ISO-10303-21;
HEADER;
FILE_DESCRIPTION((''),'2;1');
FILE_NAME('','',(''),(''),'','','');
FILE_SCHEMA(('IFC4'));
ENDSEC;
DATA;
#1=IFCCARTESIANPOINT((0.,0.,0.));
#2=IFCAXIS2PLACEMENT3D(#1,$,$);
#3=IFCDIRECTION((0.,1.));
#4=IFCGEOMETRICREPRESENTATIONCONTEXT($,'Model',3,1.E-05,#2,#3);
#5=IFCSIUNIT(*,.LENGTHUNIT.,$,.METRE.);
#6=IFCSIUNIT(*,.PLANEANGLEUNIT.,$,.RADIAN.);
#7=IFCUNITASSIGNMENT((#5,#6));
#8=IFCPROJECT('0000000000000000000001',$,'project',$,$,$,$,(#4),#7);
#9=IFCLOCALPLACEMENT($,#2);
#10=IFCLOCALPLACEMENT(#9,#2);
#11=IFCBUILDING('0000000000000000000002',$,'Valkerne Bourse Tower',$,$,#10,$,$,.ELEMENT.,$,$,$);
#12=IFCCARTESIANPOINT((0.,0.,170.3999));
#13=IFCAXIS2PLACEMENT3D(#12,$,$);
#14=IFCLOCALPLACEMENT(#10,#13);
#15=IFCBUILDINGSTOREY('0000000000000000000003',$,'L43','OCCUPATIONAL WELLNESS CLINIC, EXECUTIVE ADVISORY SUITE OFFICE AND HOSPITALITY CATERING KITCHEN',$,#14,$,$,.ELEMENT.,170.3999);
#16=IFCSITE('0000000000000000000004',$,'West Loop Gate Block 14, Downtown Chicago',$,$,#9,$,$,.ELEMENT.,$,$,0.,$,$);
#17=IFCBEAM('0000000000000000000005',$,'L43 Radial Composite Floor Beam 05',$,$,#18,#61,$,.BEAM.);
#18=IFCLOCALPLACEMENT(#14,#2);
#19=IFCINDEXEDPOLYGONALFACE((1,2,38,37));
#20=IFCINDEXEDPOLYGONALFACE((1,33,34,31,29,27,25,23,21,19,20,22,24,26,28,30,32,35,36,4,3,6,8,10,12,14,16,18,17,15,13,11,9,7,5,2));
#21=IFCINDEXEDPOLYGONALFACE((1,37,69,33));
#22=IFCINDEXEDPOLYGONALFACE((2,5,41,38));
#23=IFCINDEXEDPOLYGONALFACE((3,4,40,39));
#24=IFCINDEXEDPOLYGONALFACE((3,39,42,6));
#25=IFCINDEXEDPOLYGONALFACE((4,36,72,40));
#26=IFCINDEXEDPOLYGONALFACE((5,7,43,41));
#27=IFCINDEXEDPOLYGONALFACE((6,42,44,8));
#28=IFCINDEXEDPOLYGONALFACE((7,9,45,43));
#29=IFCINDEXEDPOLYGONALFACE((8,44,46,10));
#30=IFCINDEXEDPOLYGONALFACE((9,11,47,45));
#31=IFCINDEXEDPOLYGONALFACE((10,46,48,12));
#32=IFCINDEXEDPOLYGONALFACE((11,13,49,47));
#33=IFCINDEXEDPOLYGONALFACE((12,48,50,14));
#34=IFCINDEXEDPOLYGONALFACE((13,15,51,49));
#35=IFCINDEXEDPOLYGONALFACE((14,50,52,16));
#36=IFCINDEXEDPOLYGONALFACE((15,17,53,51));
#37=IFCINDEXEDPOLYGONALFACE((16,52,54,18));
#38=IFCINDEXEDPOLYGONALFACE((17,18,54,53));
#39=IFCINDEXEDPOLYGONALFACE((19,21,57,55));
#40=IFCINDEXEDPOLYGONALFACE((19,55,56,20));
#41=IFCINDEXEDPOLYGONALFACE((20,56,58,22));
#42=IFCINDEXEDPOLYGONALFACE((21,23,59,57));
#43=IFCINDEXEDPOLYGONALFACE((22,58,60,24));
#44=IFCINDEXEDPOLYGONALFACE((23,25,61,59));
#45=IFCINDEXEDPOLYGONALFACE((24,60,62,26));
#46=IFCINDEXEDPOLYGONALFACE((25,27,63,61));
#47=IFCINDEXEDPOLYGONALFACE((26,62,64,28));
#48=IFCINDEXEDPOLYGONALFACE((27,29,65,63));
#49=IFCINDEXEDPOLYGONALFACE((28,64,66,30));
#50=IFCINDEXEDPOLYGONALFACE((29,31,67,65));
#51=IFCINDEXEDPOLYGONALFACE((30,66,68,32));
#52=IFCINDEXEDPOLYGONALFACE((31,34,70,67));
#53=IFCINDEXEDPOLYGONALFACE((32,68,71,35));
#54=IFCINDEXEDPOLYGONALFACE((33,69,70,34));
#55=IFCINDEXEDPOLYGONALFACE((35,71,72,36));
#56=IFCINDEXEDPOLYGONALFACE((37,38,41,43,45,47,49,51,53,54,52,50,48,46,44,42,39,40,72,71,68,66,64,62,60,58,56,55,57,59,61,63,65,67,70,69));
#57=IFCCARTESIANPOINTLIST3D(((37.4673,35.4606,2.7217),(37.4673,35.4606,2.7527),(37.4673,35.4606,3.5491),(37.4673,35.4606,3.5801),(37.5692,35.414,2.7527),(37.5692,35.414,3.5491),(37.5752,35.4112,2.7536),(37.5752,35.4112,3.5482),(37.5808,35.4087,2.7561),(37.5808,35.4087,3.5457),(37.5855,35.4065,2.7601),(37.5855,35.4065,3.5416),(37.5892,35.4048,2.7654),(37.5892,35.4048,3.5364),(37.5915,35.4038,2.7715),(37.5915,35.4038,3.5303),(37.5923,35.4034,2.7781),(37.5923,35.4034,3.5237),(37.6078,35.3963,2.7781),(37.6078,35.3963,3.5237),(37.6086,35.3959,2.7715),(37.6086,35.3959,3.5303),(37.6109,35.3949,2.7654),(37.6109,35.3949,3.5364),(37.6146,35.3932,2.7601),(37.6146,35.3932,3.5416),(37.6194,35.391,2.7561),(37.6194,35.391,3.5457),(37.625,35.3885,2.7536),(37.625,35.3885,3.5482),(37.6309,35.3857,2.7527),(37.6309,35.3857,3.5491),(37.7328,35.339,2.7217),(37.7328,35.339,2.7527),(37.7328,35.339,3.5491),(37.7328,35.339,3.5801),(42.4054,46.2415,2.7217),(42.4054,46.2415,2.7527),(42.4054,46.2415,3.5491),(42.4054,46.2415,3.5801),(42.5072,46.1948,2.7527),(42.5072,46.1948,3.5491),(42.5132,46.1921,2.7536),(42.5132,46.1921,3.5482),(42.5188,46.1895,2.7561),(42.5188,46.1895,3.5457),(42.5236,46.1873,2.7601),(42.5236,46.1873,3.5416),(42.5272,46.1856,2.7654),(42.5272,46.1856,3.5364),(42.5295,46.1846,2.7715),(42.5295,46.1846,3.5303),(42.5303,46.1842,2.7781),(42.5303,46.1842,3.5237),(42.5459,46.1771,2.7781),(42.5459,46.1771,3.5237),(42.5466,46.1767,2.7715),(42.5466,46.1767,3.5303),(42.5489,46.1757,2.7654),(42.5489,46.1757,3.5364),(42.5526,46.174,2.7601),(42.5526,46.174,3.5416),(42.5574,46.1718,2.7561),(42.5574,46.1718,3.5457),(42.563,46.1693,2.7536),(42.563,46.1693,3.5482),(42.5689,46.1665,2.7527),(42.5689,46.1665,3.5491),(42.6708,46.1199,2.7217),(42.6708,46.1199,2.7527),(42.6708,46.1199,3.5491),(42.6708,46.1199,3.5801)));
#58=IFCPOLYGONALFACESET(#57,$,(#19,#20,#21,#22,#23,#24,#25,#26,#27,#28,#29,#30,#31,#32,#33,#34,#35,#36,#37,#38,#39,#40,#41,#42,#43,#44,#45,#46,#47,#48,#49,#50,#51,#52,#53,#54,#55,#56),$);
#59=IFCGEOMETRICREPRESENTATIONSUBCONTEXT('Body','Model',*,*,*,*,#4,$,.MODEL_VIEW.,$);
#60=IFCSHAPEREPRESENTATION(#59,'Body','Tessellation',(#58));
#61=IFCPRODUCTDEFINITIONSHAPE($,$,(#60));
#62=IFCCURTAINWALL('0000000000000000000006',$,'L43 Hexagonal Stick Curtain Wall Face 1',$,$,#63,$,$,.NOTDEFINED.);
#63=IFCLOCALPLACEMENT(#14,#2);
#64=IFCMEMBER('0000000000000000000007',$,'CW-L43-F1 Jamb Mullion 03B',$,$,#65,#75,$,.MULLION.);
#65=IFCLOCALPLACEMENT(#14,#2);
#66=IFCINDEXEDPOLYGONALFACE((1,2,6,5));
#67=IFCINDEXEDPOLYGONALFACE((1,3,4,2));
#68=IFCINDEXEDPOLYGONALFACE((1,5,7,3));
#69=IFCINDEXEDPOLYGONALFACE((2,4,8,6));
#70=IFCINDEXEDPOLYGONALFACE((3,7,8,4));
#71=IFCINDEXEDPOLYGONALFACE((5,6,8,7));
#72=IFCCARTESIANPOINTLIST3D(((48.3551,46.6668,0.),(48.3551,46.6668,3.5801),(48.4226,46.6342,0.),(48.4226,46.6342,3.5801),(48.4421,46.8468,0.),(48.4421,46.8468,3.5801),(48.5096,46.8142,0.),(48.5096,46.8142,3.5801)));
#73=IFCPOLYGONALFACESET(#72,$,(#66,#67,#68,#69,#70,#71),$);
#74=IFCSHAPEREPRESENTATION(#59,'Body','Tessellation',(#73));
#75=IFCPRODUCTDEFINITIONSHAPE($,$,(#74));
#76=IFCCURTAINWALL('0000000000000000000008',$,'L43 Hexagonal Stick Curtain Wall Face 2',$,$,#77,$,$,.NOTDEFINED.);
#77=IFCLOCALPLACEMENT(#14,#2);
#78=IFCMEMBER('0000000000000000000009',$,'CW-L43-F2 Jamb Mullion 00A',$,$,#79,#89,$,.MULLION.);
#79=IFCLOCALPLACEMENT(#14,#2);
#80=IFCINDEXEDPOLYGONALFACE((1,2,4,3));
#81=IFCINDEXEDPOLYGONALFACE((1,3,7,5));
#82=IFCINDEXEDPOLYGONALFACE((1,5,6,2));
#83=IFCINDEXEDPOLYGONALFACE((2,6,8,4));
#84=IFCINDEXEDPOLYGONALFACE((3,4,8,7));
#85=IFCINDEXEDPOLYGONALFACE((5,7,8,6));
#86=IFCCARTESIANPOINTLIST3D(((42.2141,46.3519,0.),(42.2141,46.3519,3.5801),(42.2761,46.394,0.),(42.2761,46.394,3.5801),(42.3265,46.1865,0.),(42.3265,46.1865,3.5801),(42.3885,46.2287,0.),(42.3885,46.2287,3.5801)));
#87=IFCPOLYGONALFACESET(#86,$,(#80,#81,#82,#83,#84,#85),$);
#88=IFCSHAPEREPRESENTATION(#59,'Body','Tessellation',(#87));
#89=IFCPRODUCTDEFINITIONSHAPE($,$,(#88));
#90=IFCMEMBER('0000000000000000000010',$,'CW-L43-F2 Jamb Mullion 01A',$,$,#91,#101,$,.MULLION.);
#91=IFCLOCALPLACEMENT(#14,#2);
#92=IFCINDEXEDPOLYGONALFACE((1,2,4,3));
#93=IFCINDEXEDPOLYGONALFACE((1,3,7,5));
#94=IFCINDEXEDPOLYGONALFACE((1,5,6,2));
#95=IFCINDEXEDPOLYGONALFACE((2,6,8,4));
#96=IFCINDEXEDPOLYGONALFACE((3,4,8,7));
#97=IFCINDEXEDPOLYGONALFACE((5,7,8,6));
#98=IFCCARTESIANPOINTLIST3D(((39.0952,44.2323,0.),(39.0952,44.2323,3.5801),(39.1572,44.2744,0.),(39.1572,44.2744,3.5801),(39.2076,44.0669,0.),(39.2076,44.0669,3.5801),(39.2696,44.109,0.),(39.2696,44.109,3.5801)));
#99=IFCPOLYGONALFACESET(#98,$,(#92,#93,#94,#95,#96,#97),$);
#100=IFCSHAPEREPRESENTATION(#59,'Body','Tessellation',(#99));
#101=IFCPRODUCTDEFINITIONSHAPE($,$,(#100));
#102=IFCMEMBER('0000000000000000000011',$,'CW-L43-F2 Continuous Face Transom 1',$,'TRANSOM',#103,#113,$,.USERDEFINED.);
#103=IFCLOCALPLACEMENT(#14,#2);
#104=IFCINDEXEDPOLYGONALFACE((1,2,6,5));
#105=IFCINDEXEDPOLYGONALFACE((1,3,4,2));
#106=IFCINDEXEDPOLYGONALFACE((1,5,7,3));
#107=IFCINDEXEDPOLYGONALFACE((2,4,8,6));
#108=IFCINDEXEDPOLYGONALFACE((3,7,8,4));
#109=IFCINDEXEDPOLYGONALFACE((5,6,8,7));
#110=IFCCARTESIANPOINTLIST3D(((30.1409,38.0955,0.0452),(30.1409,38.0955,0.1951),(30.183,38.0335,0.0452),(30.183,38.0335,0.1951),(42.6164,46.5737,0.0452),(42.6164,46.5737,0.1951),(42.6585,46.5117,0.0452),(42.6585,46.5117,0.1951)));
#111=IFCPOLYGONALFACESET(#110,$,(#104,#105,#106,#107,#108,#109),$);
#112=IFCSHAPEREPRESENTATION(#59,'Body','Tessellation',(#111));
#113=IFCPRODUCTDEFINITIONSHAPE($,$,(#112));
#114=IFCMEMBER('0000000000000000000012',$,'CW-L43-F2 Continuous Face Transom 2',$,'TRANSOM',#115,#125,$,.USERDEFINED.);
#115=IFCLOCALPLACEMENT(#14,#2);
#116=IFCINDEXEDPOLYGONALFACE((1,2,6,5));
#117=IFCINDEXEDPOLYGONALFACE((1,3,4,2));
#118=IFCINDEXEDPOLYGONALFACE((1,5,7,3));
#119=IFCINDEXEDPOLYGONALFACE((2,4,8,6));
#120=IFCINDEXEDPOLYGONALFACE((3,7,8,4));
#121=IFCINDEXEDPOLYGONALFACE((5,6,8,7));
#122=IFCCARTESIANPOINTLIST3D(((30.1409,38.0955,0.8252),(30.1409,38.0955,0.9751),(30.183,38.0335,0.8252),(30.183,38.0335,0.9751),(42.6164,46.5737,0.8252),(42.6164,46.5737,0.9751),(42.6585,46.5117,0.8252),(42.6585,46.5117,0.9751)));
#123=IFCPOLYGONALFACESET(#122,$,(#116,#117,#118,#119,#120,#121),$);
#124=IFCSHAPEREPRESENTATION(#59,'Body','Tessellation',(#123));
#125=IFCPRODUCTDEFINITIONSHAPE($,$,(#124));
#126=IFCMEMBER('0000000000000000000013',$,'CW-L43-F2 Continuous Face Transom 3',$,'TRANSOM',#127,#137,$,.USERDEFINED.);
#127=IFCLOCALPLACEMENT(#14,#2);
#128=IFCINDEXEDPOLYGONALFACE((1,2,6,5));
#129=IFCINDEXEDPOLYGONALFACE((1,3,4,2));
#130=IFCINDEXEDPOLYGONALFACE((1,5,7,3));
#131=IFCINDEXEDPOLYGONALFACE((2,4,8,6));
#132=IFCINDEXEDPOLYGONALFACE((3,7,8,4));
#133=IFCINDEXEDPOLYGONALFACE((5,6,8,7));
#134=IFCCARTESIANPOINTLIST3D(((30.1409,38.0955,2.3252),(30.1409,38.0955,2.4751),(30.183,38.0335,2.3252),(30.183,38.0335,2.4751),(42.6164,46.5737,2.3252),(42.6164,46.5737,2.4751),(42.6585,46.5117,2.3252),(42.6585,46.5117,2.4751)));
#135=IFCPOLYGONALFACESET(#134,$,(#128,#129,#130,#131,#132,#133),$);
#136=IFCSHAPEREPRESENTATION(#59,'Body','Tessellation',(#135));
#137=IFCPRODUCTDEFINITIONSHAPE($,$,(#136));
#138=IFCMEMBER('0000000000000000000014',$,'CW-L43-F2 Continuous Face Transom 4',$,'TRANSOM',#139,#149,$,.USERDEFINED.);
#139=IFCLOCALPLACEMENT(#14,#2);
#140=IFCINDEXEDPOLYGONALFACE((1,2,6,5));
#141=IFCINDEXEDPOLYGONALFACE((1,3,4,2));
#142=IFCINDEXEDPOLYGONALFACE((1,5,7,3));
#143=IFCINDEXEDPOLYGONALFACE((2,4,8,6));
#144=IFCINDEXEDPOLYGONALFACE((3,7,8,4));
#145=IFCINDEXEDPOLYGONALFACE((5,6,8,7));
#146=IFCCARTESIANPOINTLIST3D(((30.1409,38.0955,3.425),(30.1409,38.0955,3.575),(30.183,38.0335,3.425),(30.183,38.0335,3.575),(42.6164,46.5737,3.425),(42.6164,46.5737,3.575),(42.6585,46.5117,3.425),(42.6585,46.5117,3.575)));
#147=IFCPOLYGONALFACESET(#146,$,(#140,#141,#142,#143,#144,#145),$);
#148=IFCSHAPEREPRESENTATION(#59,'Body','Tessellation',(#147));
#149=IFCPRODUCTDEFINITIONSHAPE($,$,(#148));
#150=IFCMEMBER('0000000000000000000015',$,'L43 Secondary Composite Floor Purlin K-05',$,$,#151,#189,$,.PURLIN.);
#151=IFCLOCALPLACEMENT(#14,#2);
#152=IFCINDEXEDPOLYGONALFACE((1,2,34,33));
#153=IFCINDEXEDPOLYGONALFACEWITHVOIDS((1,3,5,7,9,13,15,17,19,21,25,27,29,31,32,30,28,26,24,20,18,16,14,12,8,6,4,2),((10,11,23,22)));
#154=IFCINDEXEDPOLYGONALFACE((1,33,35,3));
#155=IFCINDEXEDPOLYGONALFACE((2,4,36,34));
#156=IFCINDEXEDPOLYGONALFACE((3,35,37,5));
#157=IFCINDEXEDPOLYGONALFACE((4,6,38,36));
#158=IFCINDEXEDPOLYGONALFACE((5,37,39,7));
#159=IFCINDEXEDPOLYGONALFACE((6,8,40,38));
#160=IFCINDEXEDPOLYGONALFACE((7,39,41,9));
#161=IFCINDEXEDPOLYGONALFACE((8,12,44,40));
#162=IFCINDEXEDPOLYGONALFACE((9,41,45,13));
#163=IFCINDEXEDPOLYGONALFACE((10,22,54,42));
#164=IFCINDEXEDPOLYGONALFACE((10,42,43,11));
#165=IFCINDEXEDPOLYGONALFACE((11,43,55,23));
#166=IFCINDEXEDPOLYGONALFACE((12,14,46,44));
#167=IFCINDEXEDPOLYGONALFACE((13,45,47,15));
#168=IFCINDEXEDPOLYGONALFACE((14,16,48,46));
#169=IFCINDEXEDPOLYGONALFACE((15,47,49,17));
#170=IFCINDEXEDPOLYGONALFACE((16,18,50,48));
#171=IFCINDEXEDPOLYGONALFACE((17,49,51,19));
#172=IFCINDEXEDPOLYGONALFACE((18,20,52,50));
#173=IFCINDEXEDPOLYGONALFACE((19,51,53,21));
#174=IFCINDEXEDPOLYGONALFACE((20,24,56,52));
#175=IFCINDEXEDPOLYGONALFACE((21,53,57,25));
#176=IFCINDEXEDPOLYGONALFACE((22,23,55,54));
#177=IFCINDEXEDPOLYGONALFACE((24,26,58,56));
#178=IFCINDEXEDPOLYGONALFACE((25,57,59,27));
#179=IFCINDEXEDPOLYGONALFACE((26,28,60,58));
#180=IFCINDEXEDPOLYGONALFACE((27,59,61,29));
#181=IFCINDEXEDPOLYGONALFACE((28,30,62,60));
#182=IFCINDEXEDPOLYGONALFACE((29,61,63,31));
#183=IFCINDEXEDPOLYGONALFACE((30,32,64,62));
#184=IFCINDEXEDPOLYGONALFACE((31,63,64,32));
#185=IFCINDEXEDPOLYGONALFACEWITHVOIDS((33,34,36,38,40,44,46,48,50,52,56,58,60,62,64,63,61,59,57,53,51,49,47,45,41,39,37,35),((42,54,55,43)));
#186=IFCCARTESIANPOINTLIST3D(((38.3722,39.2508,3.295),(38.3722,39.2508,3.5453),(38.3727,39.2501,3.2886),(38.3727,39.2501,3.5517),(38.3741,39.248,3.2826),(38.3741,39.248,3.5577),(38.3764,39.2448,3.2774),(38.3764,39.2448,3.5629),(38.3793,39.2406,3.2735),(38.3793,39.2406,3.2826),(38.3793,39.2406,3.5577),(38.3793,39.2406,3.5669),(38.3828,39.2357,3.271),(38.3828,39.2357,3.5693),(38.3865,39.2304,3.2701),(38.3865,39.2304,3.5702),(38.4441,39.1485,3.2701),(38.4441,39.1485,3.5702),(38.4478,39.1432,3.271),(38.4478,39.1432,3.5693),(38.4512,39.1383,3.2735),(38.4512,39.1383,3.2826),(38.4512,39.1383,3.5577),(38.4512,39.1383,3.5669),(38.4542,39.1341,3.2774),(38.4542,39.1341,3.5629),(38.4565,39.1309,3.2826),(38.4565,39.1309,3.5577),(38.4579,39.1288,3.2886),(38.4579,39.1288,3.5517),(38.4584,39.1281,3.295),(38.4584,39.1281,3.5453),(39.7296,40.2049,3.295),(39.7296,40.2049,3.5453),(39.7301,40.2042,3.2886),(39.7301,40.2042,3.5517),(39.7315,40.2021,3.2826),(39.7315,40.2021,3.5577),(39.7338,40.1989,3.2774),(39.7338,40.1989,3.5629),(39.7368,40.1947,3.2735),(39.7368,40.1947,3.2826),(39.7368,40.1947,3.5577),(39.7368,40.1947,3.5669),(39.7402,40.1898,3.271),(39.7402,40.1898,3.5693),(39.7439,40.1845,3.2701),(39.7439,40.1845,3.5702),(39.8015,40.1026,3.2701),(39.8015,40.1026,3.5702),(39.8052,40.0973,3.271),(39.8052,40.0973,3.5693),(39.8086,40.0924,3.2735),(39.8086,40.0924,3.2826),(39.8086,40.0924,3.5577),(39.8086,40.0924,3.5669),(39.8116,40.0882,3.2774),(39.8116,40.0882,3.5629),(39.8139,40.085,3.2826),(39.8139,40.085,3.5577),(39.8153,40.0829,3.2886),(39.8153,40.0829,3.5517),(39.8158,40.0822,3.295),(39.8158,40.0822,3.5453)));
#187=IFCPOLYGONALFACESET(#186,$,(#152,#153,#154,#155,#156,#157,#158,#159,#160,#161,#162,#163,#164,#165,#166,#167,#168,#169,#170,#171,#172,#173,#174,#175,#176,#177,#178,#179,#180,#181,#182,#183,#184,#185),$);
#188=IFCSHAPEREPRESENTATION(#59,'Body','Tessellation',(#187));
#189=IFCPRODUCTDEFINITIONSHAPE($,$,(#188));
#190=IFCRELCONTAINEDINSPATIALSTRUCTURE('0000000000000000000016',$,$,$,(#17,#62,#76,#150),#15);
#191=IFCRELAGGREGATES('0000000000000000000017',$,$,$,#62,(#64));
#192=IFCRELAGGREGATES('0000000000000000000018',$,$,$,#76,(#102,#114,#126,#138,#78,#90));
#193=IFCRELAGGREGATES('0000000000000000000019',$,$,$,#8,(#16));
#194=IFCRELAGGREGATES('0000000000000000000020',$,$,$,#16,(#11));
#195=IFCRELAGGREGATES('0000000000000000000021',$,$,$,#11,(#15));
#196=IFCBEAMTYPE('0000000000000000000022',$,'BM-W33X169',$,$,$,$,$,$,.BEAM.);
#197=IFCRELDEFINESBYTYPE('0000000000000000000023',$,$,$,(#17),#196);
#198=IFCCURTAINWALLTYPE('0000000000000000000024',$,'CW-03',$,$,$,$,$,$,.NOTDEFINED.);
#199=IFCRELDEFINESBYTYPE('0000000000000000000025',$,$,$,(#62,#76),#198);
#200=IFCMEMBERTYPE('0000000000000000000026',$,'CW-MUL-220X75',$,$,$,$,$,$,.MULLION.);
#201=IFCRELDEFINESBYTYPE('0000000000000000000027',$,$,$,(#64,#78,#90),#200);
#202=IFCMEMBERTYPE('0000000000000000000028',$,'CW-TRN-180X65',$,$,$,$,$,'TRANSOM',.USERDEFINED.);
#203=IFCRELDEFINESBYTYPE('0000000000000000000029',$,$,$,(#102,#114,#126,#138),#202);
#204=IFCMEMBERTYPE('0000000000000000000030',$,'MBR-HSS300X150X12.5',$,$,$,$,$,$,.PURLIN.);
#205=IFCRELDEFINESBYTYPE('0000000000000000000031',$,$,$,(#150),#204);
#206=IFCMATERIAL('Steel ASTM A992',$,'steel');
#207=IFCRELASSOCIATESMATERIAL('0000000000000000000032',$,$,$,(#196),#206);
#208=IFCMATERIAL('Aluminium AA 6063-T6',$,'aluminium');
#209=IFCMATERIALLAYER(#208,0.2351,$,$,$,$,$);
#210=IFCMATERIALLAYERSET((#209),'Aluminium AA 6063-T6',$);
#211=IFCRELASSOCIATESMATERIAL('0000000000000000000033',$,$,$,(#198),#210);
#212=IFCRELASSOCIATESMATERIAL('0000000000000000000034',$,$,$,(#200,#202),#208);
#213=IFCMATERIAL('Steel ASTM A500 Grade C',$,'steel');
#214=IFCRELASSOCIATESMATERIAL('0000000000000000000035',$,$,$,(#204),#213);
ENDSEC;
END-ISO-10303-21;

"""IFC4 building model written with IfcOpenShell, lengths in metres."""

from ifc_helpers import new_model, si_unit, direction, frame, origin, origin_2d, place, context, subcontext, project, spatial, rectangle, hollow_rectangle, i_section, extrude, material, layer, layer_set, material_profile, profile_set, type_object, element, aggregate, save


model = new_model("IFC4")

# Units and contexts
model_context = context("Model", 3, precision=1e-05, world=origin(), true_north=direction((0.0, 1.0)))
body_context = subcontext(model_context, "Body", "Model", "MODEL_VIEW")
ifc_project = project(units=[si_unit("LENGTHUNIT", "METRE"), si_unit("PLANEANGLEUNIT", "RADIAN")], contexts=[model_context])

# Site, building, storey
site_placement = place(None, origin())
site = spatial("IfcSite", under=ifc_project, at=site_placement, Name="West Loop Gate Block 14, Downtown Chicago", CompositionType="ELEMENT", RefElevation=0.0)
building_placement = place(site_placement, origin())
building = spatial("IfcBuilding", under=site, at=building_placement, Name="Valkerne Bourse Tower", CompositionType="ELEMENT")
storey_placement = place(building_placement, frame((0.0, 0.0, 170.3999)))
storey = spatial("IfcBuildingStorey", under=building, at=storey_placement, Name="L43", Description="OCCUPATIONAL WELLNESS CLINIC, EXECUTIVE ADVISORY SUITE OFFICE AND HOSPITALITY CATERING KITCHEN", CompositionType="ELEMENT", Elevation=170.3999)

# Beam
ifc_material_1 = material(Name="Steel ASTM A992", Category="steel")
ifc_material_profile_1 = material_profile(ifc_material_1, i_section(OverallWidth=0.292, OverallDepth=0.8584, WebThickness=0.0171, FlangeThickness=0.031, FilletRadius=0.0254, at=origin_2d()), Name="W33X169")
ifc_profile_set_1 = profile_set([ifc_material_profile_1], Name="Steel ASTM A992")
beam_type_1 = type_object("IfcBeamType", Name="BM-W33X169", PredefinedType="BEAM", material=ifc_profile_set_1)
beam_1_placement = place(storey_placement, frame((42.5381, 46.1807, 3.1509), z_axis=(-0.416432, -0.909167, 0.0), x_axis=(0.909167, -0.416432, 0.0)))
element("IfcBeam", 1, at=beam_1_placement, inside=storey, type_object=beam_type_1, Name="L43 Radial Composite Floor Beam 05", PredefinedType="BEAM", context=body_context, shape_type="SweptSolid", body=[
    extrude(i_section(OverallWidth=0.292, OverallDepth=0.8584, WebThickness=0.0171, FlangeThickness=0.031, FilletRadius=0.0254, at=origin_2d()), origin(), (0.0, 0.0, 1.0), 11.8579),
])

# Curtain wall, member
ifc_material_2 = material(Name="Aluminium AA 6063-T6", Category="aluminium")
ifc_layer_1 = layer(ifc_material_2, 0.2351)
ifc_layer_set_1 = layer_set([ifc_layer_1], Name="Aluminium AA 6063-T6")
curtain_wall_type = type_object("IfcCurtainWallType", Name="CW-03", PredefinedType="NOTDEFINED", material=ifc_layer_set_1)
curtain_wall_1_placement = place(storey_placement, origin())
curtain_wall_1 = element("IfcCurtainWall", 2, at=curtain_wall_1_placement, inside=storey, type_object=curtain_wall_type, Name="L43 Hexagonal Stick Curtain Wall Face 1", PredefinedType="NOTDEFINED")
ifc_material_profile_2 = material_profile(ifc_material_2, rectangle(XDim=0.075, YDim=0.2, at=origin_2d()), Name="CWM-75X200")
ifc_profile_set_2 = profile_set([ifc_material_profile_2], Name="Aluminium AA 6063-T6")
member_type_1 = type_object("IfcMemberType", Name="CW-MUL-220X75", PredefinedType="MULLION", material=ifc_profile_set_2)
member_1_placement = place(storey_placement, frame((48.4324, 46.7405, 0.0), z_axis=(0.0, 0.0, 1.0), x_axis=(-0.900314, 0.435241, 0.0)))
member_1 = element("IfcMember", 3, at=member_1_placement, type_object=member_type_1, Name="CW-L43-F1 Jamb Mullion 03B", PredefinedType="MULLION", context=body_context, shape_type="SweptSolid", body=[
    extrude(rectangle(XDim=0.075, YDim=0.2, at=origin_2d()), origin(), (0.0, 0.0, 1.0), 3.5801),
])

# Curtain wall, members
curtain_wall_2_placement = place(storey_placement, origin())
curtain_wall_2 = element("IfcCurtainWall", 4, at=curtain_wall_2_placement, inside=storey, type_object=curtain_wall_type, Name="L43 Hexagonal Stick Curtain Wall Face 2", PredefinedType="NOTDEFINED")
member_2_placement = place(storey_placement, frame((42.3013, 46.2903, 0.0), z_axis=(0.0, 0.0, 1.0), x_axis=(-0.827081, -0.562083, 0.0)))
member_2 = element("IfcMember", 5, at=member_2_placement, type_object=member_type_1, Name="CW-L43-F2 Jamb Mullion 00A", PredefinedType="MULLION", context=body_context, shape_type="SweptSolid", body=[
    extrude(rectangle(XDim=0.075, YDim=0.2, at=origin_2d()), origin(), (0.0, 0.0, 1.0), 3.5801),
])
member_3_placement = place(storey_placement, frame((39.1824, 44.1707, 0.0), z_axis=(0.0, 0.0, 1.0), x_axis=(-0.827081, -0.562083, 0.0)))
member_3 = element("IfcMember", 6, at=member_3_placement, type_object=member_type_1, Name="CW-L43-F2 Jamb Mullion 01A", PredefinedType="MULLION", context=body_context, shape_type="SweptSolid", body=[
    extrude(rectangle(XDim=0.075, YDim=0.2, at=origin_2d()), origin(), (0.0, 0.0, 1.0), 3.5801),
])
ifc_material_profile_3 = material_profile(ifc_material_2, rectangle(XDim=0.075, YDim=0.1499, at=origin_2d()), Name="CWT-75X150")
ifc_profile_set_3 = profile_set([ifc_material_profile_3], Name="Aluminium AA 6063-T6")
member_type_2 = type_object("IfcMemberType", Name="CW-TRN-180X65", ElementType="TRANSOM", PredefinedType="USERDEFINED", material=ifc_profile_set_3)
member_4_placement = place(storey_placement, frame((42.6375, 46.5427, 0.1201), z_axis=(-0.827085, -0.562078, 0.0), x_axis=(0.562078, -0.827085, 0.0)))
member_4 = element("IfcMember", 7, at=member_4_placement, type_object=member_type_2, Name="CW-L43-F2 Continuous Face Transom 1", ObjectType="TRANSOM", PredefinedType="USERDEFINED", context=body_context, shape_type="SweptSolid", body=[
    extrude(rectangle(XDim=0.075, YDim=0.1499, at=origin_2d()), origin(), (0.0, 0.0, 1.0), 15.0837),
])
member_5_placement = place(storey_placement, frame((42.6375, 46.5427, 0.9001), z_axis=(-0.827085, -0.562078, 0.0), x_axis=(0.562078, -0.827085, 0.0)))
member_5 = element("IfcMember", 8, at=member_5_placement, type_object=member_type_2, Name="CW-L43-F2 Continuous Face Transom 2", ObjectType="TRANSOM", PredefinedType="USERDEFINED", context=body_context, shape_type="SweptSolid", body=[
    extrude(rectangle(XDim=0.075, YDim=0.1499, at=origin_2d()), origin(), (0.0, 0.0, 1.0), 15.0837),
])
member_6_placement = place(storey_placement, frame((42.6375, 46.5427, 2.4001), z_axis=(-0.827085, -0.562078, 0.0), x_axis=(0.562078, -0.827085, 0.0)))
member_6 = element("IfcMember", 9, at=member_6_placement, type_object=member_type_2, Name="CW-L43-F2 Continuous Face Transom 3", ObjectType="TRANSOM", PredefinedType="USERDEFINED", context=body_context, shape_type="SweptSolid", body=[
    extrude(rectangle(XDim=0.075, YDim=0.1499, at=origin_2d()), origin(), (0.0, 0.0, 1.0), 15.0837),
])
member_7_placement = place(storey_placement, frame((42.6375, 46.5427, 3.5), z_axis=(-0.827085, -0.562078, 0.0), x_axis=(0.562078, -0.827085, 0.0)))
member_7 = element("IfcMember", 10, at=member_7_placement, type_object=member_type_2, Name="CW-L43-F2 Continuous Face Transom 4", ObjectType="TRANSOM", PredefinedType="USERDEFINED", context=body_context, shape_type="SweptSolid", body=[
    extrude(rectangle(XDim=0.075, YDim=0.1499, at=origin_2d()), origin(), (0.0, 0.0, 1.0), 15.0837),
])

# Member
ifc_material_3 = material(Name="Steel ASTM A500 Grade C", Category="steel")
ifc_material_profile_4 = material_profile(ifc_material_3, hollow_rectangle(XDim=0.1499, YDim=0.3, WallThickness=0.0125, OuterFilletRadius=0.0249, at=origin_2d()), Name="HSS300X150X12.5")
ifc_profile_set_4 = profile_set([ifc_material_profile_4], Name="Steel ASTM A500 Grade C")
member_type_3 = type_object("IfcMemberType", Name="MBR-HSS300X150X12.5", PredefinedType="PURLIN", material=ifc_profile_set_4)
member_8_placement = place(storey_placement, frame((39.7727, 40.1436, 3.4202), z_axis=(-0.818124, -0.575041, 0.0), x_axis=(0.575041, -0.818124, 0.0)))
element("IfcMember", 11, at=member_8_placement, inside=storey, type_object=member_type_3, Name="L43 Secondary Composite Floor Purlin K-05", PredefinedType="PURLIN", context=body_context, shape_type="SweptSolid", body=[
    extrude(hollow_rectangle(XDim=0.1499, YDim=0.3, WallThickness=0.0125, OuterFilletRadius=0.0249, at=origin_2d()), origin(), (0.0, 0.0, 1.0), 1.6592),
])

aggregate(curtain_wall_1, [member_1])
aggregate(curtain_wall_2, [member_4, member_5, member_6, member_7, member_2, member_3])

save(model, "model.ifc")
